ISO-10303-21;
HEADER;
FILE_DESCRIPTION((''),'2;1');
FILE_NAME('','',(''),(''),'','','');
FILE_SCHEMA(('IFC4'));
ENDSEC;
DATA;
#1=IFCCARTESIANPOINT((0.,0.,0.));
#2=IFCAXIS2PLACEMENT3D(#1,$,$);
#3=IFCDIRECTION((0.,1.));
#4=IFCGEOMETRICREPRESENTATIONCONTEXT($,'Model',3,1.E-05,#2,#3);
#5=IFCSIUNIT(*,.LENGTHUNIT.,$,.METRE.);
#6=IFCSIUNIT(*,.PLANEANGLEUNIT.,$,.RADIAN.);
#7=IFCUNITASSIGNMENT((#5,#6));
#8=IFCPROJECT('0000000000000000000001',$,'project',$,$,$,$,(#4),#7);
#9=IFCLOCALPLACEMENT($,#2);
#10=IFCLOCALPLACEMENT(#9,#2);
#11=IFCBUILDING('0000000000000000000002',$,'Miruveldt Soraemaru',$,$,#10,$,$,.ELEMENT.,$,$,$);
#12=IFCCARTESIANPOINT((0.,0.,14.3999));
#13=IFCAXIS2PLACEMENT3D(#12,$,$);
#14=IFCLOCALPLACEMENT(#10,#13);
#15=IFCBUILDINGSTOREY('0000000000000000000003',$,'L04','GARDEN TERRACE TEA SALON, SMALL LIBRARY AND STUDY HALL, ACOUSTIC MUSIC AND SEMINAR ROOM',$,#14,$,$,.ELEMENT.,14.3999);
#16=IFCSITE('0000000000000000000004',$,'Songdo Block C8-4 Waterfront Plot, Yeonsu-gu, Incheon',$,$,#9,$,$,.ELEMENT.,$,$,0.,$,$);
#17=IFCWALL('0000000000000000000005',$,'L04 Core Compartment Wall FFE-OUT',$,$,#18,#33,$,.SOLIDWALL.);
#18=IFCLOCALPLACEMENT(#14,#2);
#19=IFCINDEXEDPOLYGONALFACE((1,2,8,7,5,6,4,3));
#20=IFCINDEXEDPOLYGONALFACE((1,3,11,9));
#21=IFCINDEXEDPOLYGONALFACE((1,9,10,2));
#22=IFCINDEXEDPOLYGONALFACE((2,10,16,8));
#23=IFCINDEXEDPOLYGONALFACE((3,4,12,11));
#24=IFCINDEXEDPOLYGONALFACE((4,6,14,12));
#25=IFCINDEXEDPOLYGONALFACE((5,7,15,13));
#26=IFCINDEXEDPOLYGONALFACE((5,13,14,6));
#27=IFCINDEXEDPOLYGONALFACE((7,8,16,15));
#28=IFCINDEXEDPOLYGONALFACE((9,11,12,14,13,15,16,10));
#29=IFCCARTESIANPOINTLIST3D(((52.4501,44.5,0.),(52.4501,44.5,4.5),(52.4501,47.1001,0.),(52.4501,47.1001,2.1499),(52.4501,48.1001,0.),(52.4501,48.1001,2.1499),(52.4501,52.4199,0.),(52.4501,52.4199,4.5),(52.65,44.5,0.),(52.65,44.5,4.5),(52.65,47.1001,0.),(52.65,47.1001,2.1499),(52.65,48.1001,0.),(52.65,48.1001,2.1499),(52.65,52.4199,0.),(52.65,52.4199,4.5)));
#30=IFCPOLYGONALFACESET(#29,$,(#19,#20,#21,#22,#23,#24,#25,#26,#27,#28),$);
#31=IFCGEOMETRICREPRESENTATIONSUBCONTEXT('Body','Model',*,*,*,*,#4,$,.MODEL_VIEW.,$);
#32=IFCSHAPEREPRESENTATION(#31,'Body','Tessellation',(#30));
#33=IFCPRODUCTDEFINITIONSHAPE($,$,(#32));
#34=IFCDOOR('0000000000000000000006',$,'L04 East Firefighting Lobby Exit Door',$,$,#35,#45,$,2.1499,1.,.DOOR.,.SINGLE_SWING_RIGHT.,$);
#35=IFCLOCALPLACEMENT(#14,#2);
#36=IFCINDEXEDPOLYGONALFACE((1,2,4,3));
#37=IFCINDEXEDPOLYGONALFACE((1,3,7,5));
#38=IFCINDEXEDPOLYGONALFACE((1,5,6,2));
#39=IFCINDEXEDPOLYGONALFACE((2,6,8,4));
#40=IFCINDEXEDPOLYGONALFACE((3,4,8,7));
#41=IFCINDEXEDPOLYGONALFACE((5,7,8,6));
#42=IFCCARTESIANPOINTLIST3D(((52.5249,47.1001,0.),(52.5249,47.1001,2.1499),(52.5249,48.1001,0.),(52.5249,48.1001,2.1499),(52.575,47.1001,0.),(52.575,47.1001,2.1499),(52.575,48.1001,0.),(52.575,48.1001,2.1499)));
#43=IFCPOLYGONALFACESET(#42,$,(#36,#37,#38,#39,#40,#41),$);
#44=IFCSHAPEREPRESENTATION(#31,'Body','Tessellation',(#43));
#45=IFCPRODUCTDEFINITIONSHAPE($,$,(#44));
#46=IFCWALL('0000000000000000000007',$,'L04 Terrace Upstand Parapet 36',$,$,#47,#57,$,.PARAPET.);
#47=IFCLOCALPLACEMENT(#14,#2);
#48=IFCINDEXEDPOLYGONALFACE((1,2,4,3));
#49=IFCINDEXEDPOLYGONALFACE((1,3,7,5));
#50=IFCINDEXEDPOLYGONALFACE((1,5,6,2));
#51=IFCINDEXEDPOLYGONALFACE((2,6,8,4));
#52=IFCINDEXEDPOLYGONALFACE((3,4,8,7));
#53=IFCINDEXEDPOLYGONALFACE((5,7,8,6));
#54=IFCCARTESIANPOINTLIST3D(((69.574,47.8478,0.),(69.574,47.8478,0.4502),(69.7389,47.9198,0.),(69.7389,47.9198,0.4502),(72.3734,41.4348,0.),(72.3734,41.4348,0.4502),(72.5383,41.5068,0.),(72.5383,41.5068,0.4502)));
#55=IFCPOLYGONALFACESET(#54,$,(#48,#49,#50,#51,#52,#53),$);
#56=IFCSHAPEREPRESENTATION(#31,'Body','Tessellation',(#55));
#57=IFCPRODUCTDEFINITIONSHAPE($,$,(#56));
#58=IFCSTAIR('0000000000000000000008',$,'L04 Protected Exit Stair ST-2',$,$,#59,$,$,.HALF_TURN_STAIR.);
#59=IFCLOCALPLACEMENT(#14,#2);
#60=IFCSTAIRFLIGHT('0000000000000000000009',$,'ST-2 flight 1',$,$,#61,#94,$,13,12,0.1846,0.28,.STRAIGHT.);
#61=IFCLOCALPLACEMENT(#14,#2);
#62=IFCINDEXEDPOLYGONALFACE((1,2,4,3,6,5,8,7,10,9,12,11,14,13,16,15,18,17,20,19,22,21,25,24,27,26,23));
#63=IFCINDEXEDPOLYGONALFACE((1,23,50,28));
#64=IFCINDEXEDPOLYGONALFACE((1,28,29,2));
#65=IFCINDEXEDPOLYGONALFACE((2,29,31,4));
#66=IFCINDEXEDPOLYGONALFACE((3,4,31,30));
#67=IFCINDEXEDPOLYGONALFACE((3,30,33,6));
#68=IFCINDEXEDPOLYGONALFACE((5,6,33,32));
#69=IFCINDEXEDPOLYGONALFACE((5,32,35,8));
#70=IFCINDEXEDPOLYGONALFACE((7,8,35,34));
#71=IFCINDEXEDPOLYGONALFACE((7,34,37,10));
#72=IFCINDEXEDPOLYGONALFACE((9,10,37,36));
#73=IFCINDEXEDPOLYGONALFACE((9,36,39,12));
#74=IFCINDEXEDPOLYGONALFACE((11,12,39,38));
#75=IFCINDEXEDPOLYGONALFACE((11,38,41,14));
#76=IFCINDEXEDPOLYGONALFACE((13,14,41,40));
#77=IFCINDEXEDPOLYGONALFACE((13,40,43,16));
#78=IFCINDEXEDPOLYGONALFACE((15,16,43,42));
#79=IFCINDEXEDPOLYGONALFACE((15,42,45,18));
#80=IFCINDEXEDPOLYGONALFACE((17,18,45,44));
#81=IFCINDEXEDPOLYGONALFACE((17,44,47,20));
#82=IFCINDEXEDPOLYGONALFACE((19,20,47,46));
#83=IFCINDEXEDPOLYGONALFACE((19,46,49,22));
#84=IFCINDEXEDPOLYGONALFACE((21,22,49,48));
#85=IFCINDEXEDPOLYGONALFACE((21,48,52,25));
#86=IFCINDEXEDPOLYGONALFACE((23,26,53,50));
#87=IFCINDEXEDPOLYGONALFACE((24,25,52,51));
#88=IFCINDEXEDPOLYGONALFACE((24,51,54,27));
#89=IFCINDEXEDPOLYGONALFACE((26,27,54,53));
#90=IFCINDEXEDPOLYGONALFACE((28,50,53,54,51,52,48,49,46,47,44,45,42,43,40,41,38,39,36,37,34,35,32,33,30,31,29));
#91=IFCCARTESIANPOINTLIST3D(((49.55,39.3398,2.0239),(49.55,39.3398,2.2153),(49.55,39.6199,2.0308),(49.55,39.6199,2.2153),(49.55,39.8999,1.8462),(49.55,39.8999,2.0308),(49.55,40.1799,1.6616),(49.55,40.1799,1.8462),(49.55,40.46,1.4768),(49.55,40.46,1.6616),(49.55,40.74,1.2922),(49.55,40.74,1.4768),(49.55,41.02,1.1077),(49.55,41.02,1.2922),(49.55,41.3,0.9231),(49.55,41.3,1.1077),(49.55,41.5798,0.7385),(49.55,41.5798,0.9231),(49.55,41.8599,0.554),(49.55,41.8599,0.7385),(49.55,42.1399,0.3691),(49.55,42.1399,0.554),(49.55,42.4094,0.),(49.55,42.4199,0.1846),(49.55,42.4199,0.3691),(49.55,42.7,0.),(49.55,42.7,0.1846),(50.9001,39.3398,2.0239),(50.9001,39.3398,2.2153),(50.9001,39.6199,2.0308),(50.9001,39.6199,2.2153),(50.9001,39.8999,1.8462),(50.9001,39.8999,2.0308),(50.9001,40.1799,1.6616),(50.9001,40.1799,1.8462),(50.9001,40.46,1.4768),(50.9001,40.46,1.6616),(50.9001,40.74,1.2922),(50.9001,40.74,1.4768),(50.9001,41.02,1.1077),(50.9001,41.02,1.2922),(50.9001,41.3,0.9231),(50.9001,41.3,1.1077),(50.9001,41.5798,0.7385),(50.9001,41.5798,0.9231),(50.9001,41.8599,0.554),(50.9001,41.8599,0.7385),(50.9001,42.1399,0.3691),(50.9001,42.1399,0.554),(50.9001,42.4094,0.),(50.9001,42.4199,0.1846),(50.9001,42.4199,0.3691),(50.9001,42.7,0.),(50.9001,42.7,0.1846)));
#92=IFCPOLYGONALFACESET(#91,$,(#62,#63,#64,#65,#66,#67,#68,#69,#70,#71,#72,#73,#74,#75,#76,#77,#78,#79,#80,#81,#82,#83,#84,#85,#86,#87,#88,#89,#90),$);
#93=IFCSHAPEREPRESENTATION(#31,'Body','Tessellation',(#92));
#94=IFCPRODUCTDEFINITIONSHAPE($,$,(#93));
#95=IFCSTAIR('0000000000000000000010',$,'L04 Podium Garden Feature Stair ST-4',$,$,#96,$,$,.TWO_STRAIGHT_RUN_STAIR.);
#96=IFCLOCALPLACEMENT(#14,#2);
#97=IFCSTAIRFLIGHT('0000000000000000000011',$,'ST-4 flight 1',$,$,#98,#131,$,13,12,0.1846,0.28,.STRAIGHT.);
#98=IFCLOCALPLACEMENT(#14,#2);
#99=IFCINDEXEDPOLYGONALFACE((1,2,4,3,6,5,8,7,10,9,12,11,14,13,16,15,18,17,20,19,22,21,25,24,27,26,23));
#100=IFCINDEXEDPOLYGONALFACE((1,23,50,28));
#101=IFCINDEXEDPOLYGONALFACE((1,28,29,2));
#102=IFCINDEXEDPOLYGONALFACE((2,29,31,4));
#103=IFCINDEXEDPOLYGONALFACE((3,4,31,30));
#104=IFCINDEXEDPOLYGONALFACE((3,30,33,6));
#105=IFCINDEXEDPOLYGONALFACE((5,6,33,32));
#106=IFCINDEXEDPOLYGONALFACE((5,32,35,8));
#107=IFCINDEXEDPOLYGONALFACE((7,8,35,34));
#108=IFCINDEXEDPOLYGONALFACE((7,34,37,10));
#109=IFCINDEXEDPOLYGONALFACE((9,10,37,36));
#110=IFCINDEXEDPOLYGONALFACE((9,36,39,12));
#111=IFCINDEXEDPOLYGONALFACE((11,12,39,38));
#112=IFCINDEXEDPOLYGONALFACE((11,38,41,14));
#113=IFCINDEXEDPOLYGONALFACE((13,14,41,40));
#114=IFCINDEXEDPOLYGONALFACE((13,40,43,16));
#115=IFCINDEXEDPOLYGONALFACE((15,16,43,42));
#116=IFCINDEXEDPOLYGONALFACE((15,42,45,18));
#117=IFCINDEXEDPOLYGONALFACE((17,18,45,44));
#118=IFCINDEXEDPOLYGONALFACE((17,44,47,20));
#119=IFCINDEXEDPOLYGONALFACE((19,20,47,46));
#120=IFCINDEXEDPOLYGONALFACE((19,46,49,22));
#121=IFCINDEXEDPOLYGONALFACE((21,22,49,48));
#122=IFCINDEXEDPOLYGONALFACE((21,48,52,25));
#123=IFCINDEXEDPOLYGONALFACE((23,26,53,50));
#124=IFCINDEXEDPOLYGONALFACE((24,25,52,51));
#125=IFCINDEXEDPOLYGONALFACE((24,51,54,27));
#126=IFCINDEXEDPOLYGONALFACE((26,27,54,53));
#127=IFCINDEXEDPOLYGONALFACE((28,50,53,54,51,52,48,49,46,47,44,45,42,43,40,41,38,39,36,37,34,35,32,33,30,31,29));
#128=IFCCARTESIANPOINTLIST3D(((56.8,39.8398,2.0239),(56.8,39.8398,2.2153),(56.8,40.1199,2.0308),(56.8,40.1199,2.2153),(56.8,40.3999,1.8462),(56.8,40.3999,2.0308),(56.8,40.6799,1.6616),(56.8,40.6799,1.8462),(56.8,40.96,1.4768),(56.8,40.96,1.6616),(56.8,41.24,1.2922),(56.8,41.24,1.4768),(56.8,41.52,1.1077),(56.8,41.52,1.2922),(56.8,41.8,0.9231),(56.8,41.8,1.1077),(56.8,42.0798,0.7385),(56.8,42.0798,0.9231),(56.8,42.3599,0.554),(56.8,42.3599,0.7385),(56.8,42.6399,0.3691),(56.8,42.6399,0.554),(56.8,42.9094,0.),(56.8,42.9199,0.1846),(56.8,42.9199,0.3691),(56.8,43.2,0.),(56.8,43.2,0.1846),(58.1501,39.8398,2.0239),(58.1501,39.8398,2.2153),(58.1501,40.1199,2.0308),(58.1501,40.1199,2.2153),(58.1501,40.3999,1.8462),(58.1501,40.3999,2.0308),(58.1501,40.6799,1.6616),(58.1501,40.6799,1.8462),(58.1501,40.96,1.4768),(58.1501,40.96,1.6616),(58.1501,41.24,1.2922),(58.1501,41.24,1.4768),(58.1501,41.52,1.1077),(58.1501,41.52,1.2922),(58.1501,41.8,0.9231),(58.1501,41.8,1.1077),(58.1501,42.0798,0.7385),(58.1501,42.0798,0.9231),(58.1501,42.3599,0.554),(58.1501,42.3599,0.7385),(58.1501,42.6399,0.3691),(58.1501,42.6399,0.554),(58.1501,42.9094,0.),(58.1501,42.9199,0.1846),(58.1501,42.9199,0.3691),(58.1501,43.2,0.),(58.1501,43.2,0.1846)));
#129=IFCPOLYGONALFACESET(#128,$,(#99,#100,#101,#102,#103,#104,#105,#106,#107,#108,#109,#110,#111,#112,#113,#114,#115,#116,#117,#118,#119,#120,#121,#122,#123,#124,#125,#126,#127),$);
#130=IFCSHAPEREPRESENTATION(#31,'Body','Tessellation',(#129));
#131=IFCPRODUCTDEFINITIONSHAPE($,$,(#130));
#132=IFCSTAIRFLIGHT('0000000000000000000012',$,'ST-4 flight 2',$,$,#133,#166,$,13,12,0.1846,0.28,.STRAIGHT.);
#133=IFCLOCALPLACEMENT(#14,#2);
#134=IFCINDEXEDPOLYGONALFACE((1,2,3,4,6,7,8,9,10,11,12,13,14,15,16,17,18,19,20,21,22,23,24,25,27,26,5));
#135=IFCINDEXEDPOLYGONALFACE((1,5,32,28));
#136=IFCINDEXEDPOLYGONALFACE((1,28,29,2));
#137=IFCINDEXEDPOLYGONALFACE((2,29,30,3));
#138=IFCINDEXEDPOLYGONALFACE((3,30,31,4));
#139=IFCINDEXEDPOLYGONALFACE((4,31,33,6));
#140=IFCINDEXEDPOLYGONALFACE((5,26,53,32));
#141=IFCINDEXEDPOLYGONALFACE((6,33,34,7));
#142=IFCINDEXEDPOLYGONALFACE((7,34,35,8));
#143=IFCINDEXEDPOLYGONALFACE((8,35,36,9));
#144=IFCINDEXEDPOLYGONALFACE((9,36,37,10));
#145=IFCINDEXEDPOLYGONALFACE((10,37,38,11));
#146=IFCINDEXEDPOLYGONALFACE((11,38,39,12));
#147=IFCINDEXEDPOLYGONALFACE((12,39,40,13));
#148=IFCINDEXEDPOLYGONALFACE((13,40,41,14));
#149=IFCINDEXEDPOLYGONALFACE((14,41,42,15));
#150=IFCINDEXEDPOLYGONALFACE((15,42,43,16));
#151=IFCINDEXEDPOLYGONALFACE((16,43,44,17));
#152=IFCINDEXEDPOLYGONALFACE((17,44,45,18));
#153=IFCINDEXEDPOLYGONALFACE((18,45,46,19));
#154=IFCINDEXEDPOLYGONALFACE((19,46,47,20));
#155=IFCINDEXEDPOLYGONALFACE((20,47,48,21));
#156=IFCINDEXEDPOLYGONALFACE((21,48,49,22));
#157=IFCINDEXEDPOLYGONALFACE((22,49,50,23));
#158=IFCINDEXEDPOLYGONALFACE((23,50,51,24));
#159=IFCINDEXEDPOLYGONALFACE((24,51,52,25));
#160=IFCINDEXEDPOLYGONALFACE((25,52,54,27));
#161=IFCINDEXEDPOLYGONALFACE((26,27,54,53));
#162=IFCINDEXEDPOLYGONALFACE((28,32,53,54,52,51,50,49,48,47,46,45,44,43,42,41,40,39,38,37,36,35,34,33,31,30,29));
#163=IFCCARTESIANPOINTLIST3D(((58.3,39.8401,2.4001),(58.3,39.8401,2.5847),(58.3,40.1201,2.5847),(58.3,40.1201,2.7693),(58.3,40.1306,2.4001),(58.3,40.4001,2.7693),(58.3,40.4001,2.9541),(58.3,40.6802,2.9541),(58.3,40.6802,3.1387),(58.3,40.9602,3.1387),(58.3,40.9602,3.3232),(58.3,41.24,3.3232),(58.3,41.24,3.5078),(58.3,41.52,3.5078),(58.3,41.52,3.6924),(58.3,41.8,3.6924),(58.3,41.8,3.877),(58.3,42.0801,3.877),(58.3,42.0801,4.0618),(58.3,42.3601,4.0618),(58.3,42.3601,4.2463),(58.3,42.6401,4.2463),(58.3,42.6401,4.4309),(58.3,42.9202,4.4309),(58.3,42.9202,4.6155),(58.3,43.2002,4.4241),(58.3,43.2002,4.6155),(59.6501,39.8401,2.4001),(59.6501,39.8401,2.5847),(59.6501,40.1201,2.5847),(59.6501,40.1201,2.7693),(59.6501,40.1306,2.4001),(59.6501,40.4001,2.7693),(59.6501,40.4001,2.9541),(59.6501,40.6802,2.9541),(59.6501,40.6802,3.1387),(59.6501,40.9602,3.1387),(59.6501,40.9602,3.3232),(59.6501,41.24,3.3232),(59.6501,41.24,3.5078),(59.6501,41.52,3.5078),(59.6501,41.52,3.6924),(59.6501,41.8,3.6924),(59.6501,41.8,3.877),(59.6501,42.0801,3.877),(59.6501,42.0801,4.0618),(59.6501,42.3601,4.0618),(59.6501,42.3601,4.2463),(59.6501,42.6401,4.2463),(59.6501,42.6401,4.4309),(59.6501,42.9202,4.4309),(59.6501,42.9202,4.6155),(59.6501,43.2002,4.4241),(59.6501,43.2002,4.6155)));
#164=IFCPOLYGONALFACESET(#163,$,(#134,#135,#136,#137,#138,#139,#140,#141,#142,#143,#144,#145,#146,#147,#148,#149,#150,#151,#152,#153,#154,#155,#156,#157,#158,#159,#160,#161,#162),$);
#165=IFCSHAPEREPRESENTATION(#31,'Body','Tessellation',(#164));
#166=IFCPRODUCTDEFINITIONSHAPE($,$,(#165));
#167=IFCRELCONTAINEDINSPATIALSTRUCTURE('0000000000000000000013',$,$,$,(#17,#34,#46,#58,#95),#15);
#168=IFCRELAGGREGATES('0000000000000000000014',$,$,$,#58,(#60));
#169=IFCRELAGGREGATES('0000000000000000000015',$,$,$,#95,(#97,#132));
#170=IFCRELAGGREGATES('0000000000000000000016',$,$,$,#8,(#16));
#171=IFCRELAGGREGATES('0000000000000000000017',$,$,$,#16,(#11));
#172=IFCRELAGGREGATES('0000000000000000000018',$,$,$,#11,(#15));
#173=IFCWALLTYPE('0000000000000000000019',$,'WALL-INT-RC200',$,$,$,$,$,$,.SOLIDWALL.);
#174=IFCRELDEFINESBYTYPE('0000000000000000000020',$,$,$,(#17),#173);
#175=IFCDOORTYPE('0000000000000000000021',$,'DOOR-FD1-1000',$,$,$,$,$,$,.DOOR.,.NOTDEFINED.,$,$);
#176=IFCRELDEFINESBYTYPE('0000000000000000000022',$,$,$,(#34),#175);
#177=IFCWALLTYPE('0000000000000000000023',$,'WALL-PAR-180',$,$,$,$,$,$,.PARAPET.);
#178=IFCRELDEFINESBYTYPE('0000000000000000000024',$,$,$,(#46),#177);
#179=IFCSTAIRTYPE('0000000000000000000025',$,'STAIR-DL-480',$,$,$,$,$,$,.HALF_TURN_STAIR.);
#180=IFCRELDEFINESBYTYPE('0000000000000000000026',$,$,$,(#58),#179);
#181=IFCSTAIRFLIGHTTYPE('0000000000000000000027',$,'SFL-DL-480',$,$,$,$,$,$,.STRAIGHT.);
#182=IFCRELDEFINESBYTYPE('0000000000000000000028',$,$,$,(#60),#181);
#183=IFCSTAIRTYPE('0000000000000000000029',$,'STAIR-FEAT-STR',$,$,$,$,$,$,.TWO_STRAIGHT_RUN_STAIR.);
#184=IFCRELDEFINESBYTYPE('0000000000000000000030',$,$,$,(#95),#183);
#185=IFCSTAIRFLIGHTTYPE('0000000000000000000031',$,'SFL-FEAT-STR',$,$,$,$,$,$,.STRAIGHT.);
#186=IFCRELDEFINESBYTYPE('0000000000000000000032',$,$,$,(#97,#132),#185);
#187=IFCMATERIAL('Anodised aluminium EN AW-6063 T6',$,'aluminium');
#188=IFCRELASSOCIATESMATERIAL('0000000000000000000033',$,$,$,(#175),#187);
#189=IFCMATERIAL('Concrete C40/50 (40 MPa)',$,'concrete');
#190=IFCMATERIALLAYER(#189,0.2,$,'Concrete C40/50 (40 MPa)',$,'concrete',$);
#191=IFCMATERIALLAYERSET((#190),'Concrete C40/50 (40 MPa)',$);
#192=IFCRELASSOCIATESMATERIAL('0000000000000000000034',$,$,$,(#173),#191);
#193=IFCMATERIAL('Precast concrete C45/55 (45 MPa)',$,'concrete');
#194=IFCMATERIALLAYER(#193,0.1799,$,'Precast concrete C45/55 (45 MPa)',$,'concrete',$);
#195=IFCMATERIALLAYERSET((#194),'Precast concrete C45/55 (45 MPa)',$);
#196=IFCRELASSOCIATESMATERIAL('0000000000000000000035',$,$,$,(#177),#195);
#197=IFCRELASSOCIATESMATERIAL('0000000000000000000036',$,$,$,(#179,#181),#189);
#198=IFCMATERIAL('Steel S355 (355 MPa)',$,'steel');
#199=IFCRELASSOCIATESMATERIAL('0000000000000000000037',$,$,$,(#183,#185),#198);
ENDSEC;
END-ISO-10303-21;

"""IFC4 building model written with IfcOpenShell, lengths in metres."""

from ifc_helpers import new_model, si_unit, direction, frame, frame_2d, origin, place, context, subcontext, project, spatial, polyline, rectangle, outline, extrude, material, layer, layer_set, type_object, element, fill, aggregate, save


model = new_model("IFC4")

# Units and contexts
model_context = context("Model", 3, precision=1e-05, world=origin(), true_north=direction((0.0, 1.0)))
body_context = subcontext(model_context, "Body", "Model", "MODEL_VIEW")
ifc_project = project(units=[si_unit("LENGTHUNIT", "METRE"), si_unit("PLANEANGLEUNIT", "RADIAN")], contexts=[model_context])

# Site, building, storey
site_placement = place(None, origin())
site = spatial("IfcSite", under=ifc_project, at=site_placement, Name="Songdo Block C8-4 Waterfront Plot, Yeonsu-gu, Incheon", CompositionType="ELEMENT", RefElevation=0.0)
building_placement = place(site_placement, origin())
building = spatial("IfcBuilding", under=site, at=building_placement, Name="Miruveldt Soraemaru", CompositionType="ELEMENT")
storey_placement = place(building_placement, frame((0.0, 0.0, 14.3999)))
storey = spatial("IfcBuildingStorey", under=building, at=storey_placement, Name="L04", Description="GARDEN TERRACE TEA SALON, SMALL LIBRARY AND STUDY HALL, ACOUSTIC MUSIC AND SEMINAR ROOM", CompositionType="ELEMENT", Elevation=14.3999)

# Shared definitions
ifc_material_1 = material(Name="Anodised aluminium EN AW-6063 T6", Category="aluminium")
door_type = type_object("IfcDoorType", Name="DOOR-FD1-1000", OperationType="NOTDEFINED", PredefinedType="DOOR", material=ifc_material_1)

# Shared definitions
ifc_material_2 = material(Name="Precast concrete C45/55 (45 MPa)", Category="concrete")

# Wall, opening, door
ifc_material_3 = material(Name="Concrete C40/50 (40 MPa)", Category="concrete")
ifc_layer_1 = layer(ifc_material_3, 0.2, Name="Concrete C40/50 (40 MPa)", Category="concrete")
ifc_layer_set_1 = layer_set([ifc_layer_1], Name="Concrete C40/50 (40 MPa)")
wall_type_1 = type_object("IfcWallType", Name="WALL-INT-RC200", PredefinedType="SOLIDWALL", material=ifc_layer_set_1)
wall_1_placement = place(storey_placement, frame((52.55, 44.5, 0.0), z_axis=(0.0, 0.0, 1.0), x_axis=(0.0, 1.0, 0.0)))
wall_1 = element("IfcWall", 1, at=wall_1_placement, inside=storey, type_object=wall_type_1, Name="L04 Core Compartment Wall FFE-OUT", PredefinedType="SOLIDWALL", context=body_context, shape_type="SweptSolid", body=[
    extrude(rectangle(XDim=7.9199, YDim=0.2, at=frame_2d((3.96, 0.0))), origin(), (0.0, 0.0, 1.0), 4.5),
])
opening_1_placement = place(wall_1_placement, frame((2.6001, 0.0, 0.0)))
opening_1 = element("IfcOpeningElement", 2, at=opening_1_placement, cuts=wall_1, PredefinedType="OPENING", context=body_context, shape_type="SweptSolid", body=[
    extrude(rectangle(XDim=1.0, YDim=2.1499, at=frame_2d((0.5, 1.075))), frame((0.0, 0.1099, 0.0), z_axis=(0.0, -1.0, 0.0), x_axis=(1.0, 0.0, 0.0)), (0.0, 0.0, 1.0), 0.22),
])
door_1_placement = place(opening_1_placement, frame((1.0, 0.0, 0.0), z_axis=(0.0, 0.0, 1.0), x_axis=(-1.0, 0.0, 0.0)))
door_1 = element("IfcDoor", 3, at=door_1_placement, inside=storey, type_object=door_type, Name="L04 East Firefighting Lobby Exit Door", OperationType="SINGLE_SWING_RIGHT", OverallHeight=2.1499, OverallWidth=1.0, PredefinedType="DOOR", context=body_context, shape_type="SweptSolid", body=[
    extrude(rectangle(XDim=1.0, YDim=2.1499, at=frame_2d((0.5, 1.075))), frame((0.0, 0.0249, 0.0), z_axis=(0.0, -1.0, 0.0), x_axis=(1.0, 0.0, 0.0)), (0.0, 0.0, 1.0), 0.05),
])
fill(opening_1, door_1)

# Wall
ifc_layer_2 = layer(ifc_material_2, 0.1799, Name="Precast concrete C45/55 (45 MPa)", Category="concrete")
ifc_layer_set_2 = layer_set([ifc_layer_2], Name="Precast concrete C45/55 (45 MPa)")
wall_type_2 = type_object("IfcWallType", Name="WALL-PAR-180", PredefinedType="PARAPET", material=ifc_layer_set_2)
wall_2_placement = place(storey_placement, frame((72.4558, 41.4709, 0.0), z_axis=(0.0, 0.0, 1.0), x_axis=(-0.400063, 0.916488, 0.0)))
element("IfcWall", 4, at=wall_2_placement, inside=storey, type_object=wall_type_2, Name="L04 Terrace Upstand Parapet 36", PredefinedType="PARAPET", context=body_context, shape_type="SweptSolid", body=[
    extrude(rectangle(XDim=6.9973, YDim=0.1799, at=frame_2d((3.4985, 0.0))), origin(), (0.0, 0.0, 1.0), 0.4502),
])

# Stair, stair flight
stair_type_1 = type_object("IfcStairType", Name="STAIR-DL-480", PredefinedType="HALF_TURN_STAIR", material=ifc_material_3)
stair_1_placement = place(storey_placement, origin())
stair_1 = element("IfcStair", 5, at=stair_1_placement, inside=storey, type_object=stair_type_1, Name="L04 Protected Exit Stair ST-2", PredefinedType="HALF_TURN_STAIR")
stair_flight_type_1 = type_object("IfcStairFlightType", Name="SFL-DL-480", PredefinedType="STRAIGHT", material=ifc_material_3)
stair_flight_1_placement = place(storey_placement, frame((50.2251, 42.7, 0.0), z_axis=(0.0, 0.0, 1.0), x_axis=(0.0, -1.0, 0.0)))
stair_flight_1 = element("IfcStairFlight", 6, at=stair_flight_1_placement, type_object=stair_flight_type_1, Name="ST-2 flight 1", NumberOfRisers=13, NumberOfTreads=12, PredefinedType="STRAIGHT", RiserHeight=0.1846, TreadLength=0.28, context=body_context, shape_type="SweptSolid", body=[
    extrude(outline(polyline([(0.0, 0.0), (0.0, 0.1846), (0.28, 0.1846), (0.28, 0.3691), (0.5601, 0.3691), (0.5601, 0.554), (0.8401, 0.554), (0.8401, 0.7385), (1.1201, 0.7385), (1.1201, 0.9231), (1.3999, 0.9231), (1.3999, 1.1077), (1.6799, 1.1077), (1.6799, 1.2922), (1.96, 1.2922), (1.96, 1.4768), (2.24, 1.4768), (2.24, 1.6616), (2.52, 1.6616), (2.52, 1.8462), (2.8, 1.8462), (2.8, 2.0308), (3.0801, 2.0308), (3.0801, 2.2153), (3.3601, 2.2153), (3.3601, 2.3999), (3.3601, 2.0239), (0.2905, 0.0), (0.0, 0.0)])), frame((0.0, 0.675, 0.0), z_axis=(0.0, -1.0, 0.0), x_axis=(1.0, 0.0, 0.0)), (0.0, 0.0, 1.0), 1.3501),
])
aggregate(stair_1, [stair_flight_1])

# Stair, stair flights
ifc_material_4 = material(Name="Steel S355 (355 MPa)", Category="steel")
stair_type_2 = type_object("IfcStairType", Name="STAIR-FEAT-STR", PredefinedType="TWO_STRAIGHT_RUN_STAIR", material=ifc_material_4)
stair_2_placement = place(storey_placement, origin())
stair_2 = element("IfcStair", 7, at=stair_2_placement, inside=storey, type_object=stair_type_2, Name="L04 Podium Garden Feature Stair ST-4", PredefinedType="TWO_STRAIGHT_RUN_STAIR")
stair_flight_type_2 = type_object("IfcStairFlightType", Name="SFL-FEAT-STR", PredefinedType="STRAIGHT", material=ifc_material_4)
stair_flight_2_placement = place(storey_placement, frame((57.4751, 43.2, 0.0), z_axis=(0.0, 0.0, 1.0), x_axis=(0.0, -1.0, 0.0)))
stair_flight_2 = element("IfcStairFlight", 8, at=stair_flight_2_placement, type_object=stair_flight_type_2, Name="ST-4 flight 1", NumberOfRisers=13, NumberOfTreads=12, PredefinedType="STRAIGHT", RiserHeight=0.1846, TreadLength=0.28, context=body_context, shape_type="SweptSolid", body=[
    extrude(outline(polyline([(0.0, 0.0), (0.0, 0.1846), (0.28, 0.1846), (0.28, 0.3691), (0.5601, 0.3691), (0.5601, 0.554), (0.8401, 0.554), (0.8401, 0.7385), (1.1201, 0.7385), (1.1201, 0.9231), (1.3999, 0.9231), (1.3999, 1.1077), (1.6799, 1.1077), (1.6799, 1.2922), (1.96, 1.2922), (1.96, 1.4768), (2.24, 1.4768), (2.24, 1.6616), (2.52, 1.6616), (2.52, 1.8462), (2.8, 1.8462), (2.8, 2.0308), (3.0801, 2.0308), (3.0801, 2.2153), (3.3601, 2.2153), (3.3601, 2.3999), (3.3601, 2.0239), (0.2905, 0.0), (0.0, 0.0)])), frame((0.0, 0.675, 0.0), z_axis=(0.0, -1.0, 0.0), x_axis=(1.0, 0.0, 0.0)), (0.0, 0.0, 1.0), 1.3501),
])
stair_flight_3_placement = place(storey_placement, frame((58.9751, 39.8401, 2.4001), z_axis=(0.0, 0.0, 1.0), x_axis=(0.0, 1.0, 0.0)))
stair_flight_3 = element("IfcStairFlight", 9, at=stair_flight_3_placement, type_object=stair_flight_type_2, Name="ST-4 flight 2", NumberOfRisers=13, NumberOfTreads=12, PredefinedType="STRAIGHT", RiserHeight=0.1846, TreadLength=0.28, context=body_context, shape_type="SweptSolid", body=[
    extrude(outline(polyline([(0.0, 0.0), (0.0, 0.1846), (0.28, 0.1846), (0.28, 0.3691), (0.5601, 0.3691), (0.5601, 0.554), (0.8401, 0.554), (0.8401, 0.7385), (1.1201, 0.7385), (1.1201, 0.9231), (1.3999, 0.9231), (1.3999, 1.1077), (1.6799, 1.1077), (1.6799, 1.2922), (1.96, 1.2922), (1.96, 1.4768), (2.24, 1.4768), (2.24, 1.6616), (2.52, 1.6616), (2.52, 1.8462), (2.8, 1.8462), (2.8, 2.0308), (3.0801, 2.0308), (3.0801, 2.2153), (3.3601, 2.2153), (3.3601, 2.3999), (3.3601, 2.0239), (0.2905, 0.0), (0.0, 0.0)])), frame((0.0, 0.675, 0.0), z_axis=(0.0, -1.0, 0.0), x_axis=(1.0, 0.0, 0.0)), (0.0, 0.0, 1.0), 1.3501),
])
aggregate(stair_2, [stair_flight_2, stair_flight_3])

save(model, "model.ifc")
